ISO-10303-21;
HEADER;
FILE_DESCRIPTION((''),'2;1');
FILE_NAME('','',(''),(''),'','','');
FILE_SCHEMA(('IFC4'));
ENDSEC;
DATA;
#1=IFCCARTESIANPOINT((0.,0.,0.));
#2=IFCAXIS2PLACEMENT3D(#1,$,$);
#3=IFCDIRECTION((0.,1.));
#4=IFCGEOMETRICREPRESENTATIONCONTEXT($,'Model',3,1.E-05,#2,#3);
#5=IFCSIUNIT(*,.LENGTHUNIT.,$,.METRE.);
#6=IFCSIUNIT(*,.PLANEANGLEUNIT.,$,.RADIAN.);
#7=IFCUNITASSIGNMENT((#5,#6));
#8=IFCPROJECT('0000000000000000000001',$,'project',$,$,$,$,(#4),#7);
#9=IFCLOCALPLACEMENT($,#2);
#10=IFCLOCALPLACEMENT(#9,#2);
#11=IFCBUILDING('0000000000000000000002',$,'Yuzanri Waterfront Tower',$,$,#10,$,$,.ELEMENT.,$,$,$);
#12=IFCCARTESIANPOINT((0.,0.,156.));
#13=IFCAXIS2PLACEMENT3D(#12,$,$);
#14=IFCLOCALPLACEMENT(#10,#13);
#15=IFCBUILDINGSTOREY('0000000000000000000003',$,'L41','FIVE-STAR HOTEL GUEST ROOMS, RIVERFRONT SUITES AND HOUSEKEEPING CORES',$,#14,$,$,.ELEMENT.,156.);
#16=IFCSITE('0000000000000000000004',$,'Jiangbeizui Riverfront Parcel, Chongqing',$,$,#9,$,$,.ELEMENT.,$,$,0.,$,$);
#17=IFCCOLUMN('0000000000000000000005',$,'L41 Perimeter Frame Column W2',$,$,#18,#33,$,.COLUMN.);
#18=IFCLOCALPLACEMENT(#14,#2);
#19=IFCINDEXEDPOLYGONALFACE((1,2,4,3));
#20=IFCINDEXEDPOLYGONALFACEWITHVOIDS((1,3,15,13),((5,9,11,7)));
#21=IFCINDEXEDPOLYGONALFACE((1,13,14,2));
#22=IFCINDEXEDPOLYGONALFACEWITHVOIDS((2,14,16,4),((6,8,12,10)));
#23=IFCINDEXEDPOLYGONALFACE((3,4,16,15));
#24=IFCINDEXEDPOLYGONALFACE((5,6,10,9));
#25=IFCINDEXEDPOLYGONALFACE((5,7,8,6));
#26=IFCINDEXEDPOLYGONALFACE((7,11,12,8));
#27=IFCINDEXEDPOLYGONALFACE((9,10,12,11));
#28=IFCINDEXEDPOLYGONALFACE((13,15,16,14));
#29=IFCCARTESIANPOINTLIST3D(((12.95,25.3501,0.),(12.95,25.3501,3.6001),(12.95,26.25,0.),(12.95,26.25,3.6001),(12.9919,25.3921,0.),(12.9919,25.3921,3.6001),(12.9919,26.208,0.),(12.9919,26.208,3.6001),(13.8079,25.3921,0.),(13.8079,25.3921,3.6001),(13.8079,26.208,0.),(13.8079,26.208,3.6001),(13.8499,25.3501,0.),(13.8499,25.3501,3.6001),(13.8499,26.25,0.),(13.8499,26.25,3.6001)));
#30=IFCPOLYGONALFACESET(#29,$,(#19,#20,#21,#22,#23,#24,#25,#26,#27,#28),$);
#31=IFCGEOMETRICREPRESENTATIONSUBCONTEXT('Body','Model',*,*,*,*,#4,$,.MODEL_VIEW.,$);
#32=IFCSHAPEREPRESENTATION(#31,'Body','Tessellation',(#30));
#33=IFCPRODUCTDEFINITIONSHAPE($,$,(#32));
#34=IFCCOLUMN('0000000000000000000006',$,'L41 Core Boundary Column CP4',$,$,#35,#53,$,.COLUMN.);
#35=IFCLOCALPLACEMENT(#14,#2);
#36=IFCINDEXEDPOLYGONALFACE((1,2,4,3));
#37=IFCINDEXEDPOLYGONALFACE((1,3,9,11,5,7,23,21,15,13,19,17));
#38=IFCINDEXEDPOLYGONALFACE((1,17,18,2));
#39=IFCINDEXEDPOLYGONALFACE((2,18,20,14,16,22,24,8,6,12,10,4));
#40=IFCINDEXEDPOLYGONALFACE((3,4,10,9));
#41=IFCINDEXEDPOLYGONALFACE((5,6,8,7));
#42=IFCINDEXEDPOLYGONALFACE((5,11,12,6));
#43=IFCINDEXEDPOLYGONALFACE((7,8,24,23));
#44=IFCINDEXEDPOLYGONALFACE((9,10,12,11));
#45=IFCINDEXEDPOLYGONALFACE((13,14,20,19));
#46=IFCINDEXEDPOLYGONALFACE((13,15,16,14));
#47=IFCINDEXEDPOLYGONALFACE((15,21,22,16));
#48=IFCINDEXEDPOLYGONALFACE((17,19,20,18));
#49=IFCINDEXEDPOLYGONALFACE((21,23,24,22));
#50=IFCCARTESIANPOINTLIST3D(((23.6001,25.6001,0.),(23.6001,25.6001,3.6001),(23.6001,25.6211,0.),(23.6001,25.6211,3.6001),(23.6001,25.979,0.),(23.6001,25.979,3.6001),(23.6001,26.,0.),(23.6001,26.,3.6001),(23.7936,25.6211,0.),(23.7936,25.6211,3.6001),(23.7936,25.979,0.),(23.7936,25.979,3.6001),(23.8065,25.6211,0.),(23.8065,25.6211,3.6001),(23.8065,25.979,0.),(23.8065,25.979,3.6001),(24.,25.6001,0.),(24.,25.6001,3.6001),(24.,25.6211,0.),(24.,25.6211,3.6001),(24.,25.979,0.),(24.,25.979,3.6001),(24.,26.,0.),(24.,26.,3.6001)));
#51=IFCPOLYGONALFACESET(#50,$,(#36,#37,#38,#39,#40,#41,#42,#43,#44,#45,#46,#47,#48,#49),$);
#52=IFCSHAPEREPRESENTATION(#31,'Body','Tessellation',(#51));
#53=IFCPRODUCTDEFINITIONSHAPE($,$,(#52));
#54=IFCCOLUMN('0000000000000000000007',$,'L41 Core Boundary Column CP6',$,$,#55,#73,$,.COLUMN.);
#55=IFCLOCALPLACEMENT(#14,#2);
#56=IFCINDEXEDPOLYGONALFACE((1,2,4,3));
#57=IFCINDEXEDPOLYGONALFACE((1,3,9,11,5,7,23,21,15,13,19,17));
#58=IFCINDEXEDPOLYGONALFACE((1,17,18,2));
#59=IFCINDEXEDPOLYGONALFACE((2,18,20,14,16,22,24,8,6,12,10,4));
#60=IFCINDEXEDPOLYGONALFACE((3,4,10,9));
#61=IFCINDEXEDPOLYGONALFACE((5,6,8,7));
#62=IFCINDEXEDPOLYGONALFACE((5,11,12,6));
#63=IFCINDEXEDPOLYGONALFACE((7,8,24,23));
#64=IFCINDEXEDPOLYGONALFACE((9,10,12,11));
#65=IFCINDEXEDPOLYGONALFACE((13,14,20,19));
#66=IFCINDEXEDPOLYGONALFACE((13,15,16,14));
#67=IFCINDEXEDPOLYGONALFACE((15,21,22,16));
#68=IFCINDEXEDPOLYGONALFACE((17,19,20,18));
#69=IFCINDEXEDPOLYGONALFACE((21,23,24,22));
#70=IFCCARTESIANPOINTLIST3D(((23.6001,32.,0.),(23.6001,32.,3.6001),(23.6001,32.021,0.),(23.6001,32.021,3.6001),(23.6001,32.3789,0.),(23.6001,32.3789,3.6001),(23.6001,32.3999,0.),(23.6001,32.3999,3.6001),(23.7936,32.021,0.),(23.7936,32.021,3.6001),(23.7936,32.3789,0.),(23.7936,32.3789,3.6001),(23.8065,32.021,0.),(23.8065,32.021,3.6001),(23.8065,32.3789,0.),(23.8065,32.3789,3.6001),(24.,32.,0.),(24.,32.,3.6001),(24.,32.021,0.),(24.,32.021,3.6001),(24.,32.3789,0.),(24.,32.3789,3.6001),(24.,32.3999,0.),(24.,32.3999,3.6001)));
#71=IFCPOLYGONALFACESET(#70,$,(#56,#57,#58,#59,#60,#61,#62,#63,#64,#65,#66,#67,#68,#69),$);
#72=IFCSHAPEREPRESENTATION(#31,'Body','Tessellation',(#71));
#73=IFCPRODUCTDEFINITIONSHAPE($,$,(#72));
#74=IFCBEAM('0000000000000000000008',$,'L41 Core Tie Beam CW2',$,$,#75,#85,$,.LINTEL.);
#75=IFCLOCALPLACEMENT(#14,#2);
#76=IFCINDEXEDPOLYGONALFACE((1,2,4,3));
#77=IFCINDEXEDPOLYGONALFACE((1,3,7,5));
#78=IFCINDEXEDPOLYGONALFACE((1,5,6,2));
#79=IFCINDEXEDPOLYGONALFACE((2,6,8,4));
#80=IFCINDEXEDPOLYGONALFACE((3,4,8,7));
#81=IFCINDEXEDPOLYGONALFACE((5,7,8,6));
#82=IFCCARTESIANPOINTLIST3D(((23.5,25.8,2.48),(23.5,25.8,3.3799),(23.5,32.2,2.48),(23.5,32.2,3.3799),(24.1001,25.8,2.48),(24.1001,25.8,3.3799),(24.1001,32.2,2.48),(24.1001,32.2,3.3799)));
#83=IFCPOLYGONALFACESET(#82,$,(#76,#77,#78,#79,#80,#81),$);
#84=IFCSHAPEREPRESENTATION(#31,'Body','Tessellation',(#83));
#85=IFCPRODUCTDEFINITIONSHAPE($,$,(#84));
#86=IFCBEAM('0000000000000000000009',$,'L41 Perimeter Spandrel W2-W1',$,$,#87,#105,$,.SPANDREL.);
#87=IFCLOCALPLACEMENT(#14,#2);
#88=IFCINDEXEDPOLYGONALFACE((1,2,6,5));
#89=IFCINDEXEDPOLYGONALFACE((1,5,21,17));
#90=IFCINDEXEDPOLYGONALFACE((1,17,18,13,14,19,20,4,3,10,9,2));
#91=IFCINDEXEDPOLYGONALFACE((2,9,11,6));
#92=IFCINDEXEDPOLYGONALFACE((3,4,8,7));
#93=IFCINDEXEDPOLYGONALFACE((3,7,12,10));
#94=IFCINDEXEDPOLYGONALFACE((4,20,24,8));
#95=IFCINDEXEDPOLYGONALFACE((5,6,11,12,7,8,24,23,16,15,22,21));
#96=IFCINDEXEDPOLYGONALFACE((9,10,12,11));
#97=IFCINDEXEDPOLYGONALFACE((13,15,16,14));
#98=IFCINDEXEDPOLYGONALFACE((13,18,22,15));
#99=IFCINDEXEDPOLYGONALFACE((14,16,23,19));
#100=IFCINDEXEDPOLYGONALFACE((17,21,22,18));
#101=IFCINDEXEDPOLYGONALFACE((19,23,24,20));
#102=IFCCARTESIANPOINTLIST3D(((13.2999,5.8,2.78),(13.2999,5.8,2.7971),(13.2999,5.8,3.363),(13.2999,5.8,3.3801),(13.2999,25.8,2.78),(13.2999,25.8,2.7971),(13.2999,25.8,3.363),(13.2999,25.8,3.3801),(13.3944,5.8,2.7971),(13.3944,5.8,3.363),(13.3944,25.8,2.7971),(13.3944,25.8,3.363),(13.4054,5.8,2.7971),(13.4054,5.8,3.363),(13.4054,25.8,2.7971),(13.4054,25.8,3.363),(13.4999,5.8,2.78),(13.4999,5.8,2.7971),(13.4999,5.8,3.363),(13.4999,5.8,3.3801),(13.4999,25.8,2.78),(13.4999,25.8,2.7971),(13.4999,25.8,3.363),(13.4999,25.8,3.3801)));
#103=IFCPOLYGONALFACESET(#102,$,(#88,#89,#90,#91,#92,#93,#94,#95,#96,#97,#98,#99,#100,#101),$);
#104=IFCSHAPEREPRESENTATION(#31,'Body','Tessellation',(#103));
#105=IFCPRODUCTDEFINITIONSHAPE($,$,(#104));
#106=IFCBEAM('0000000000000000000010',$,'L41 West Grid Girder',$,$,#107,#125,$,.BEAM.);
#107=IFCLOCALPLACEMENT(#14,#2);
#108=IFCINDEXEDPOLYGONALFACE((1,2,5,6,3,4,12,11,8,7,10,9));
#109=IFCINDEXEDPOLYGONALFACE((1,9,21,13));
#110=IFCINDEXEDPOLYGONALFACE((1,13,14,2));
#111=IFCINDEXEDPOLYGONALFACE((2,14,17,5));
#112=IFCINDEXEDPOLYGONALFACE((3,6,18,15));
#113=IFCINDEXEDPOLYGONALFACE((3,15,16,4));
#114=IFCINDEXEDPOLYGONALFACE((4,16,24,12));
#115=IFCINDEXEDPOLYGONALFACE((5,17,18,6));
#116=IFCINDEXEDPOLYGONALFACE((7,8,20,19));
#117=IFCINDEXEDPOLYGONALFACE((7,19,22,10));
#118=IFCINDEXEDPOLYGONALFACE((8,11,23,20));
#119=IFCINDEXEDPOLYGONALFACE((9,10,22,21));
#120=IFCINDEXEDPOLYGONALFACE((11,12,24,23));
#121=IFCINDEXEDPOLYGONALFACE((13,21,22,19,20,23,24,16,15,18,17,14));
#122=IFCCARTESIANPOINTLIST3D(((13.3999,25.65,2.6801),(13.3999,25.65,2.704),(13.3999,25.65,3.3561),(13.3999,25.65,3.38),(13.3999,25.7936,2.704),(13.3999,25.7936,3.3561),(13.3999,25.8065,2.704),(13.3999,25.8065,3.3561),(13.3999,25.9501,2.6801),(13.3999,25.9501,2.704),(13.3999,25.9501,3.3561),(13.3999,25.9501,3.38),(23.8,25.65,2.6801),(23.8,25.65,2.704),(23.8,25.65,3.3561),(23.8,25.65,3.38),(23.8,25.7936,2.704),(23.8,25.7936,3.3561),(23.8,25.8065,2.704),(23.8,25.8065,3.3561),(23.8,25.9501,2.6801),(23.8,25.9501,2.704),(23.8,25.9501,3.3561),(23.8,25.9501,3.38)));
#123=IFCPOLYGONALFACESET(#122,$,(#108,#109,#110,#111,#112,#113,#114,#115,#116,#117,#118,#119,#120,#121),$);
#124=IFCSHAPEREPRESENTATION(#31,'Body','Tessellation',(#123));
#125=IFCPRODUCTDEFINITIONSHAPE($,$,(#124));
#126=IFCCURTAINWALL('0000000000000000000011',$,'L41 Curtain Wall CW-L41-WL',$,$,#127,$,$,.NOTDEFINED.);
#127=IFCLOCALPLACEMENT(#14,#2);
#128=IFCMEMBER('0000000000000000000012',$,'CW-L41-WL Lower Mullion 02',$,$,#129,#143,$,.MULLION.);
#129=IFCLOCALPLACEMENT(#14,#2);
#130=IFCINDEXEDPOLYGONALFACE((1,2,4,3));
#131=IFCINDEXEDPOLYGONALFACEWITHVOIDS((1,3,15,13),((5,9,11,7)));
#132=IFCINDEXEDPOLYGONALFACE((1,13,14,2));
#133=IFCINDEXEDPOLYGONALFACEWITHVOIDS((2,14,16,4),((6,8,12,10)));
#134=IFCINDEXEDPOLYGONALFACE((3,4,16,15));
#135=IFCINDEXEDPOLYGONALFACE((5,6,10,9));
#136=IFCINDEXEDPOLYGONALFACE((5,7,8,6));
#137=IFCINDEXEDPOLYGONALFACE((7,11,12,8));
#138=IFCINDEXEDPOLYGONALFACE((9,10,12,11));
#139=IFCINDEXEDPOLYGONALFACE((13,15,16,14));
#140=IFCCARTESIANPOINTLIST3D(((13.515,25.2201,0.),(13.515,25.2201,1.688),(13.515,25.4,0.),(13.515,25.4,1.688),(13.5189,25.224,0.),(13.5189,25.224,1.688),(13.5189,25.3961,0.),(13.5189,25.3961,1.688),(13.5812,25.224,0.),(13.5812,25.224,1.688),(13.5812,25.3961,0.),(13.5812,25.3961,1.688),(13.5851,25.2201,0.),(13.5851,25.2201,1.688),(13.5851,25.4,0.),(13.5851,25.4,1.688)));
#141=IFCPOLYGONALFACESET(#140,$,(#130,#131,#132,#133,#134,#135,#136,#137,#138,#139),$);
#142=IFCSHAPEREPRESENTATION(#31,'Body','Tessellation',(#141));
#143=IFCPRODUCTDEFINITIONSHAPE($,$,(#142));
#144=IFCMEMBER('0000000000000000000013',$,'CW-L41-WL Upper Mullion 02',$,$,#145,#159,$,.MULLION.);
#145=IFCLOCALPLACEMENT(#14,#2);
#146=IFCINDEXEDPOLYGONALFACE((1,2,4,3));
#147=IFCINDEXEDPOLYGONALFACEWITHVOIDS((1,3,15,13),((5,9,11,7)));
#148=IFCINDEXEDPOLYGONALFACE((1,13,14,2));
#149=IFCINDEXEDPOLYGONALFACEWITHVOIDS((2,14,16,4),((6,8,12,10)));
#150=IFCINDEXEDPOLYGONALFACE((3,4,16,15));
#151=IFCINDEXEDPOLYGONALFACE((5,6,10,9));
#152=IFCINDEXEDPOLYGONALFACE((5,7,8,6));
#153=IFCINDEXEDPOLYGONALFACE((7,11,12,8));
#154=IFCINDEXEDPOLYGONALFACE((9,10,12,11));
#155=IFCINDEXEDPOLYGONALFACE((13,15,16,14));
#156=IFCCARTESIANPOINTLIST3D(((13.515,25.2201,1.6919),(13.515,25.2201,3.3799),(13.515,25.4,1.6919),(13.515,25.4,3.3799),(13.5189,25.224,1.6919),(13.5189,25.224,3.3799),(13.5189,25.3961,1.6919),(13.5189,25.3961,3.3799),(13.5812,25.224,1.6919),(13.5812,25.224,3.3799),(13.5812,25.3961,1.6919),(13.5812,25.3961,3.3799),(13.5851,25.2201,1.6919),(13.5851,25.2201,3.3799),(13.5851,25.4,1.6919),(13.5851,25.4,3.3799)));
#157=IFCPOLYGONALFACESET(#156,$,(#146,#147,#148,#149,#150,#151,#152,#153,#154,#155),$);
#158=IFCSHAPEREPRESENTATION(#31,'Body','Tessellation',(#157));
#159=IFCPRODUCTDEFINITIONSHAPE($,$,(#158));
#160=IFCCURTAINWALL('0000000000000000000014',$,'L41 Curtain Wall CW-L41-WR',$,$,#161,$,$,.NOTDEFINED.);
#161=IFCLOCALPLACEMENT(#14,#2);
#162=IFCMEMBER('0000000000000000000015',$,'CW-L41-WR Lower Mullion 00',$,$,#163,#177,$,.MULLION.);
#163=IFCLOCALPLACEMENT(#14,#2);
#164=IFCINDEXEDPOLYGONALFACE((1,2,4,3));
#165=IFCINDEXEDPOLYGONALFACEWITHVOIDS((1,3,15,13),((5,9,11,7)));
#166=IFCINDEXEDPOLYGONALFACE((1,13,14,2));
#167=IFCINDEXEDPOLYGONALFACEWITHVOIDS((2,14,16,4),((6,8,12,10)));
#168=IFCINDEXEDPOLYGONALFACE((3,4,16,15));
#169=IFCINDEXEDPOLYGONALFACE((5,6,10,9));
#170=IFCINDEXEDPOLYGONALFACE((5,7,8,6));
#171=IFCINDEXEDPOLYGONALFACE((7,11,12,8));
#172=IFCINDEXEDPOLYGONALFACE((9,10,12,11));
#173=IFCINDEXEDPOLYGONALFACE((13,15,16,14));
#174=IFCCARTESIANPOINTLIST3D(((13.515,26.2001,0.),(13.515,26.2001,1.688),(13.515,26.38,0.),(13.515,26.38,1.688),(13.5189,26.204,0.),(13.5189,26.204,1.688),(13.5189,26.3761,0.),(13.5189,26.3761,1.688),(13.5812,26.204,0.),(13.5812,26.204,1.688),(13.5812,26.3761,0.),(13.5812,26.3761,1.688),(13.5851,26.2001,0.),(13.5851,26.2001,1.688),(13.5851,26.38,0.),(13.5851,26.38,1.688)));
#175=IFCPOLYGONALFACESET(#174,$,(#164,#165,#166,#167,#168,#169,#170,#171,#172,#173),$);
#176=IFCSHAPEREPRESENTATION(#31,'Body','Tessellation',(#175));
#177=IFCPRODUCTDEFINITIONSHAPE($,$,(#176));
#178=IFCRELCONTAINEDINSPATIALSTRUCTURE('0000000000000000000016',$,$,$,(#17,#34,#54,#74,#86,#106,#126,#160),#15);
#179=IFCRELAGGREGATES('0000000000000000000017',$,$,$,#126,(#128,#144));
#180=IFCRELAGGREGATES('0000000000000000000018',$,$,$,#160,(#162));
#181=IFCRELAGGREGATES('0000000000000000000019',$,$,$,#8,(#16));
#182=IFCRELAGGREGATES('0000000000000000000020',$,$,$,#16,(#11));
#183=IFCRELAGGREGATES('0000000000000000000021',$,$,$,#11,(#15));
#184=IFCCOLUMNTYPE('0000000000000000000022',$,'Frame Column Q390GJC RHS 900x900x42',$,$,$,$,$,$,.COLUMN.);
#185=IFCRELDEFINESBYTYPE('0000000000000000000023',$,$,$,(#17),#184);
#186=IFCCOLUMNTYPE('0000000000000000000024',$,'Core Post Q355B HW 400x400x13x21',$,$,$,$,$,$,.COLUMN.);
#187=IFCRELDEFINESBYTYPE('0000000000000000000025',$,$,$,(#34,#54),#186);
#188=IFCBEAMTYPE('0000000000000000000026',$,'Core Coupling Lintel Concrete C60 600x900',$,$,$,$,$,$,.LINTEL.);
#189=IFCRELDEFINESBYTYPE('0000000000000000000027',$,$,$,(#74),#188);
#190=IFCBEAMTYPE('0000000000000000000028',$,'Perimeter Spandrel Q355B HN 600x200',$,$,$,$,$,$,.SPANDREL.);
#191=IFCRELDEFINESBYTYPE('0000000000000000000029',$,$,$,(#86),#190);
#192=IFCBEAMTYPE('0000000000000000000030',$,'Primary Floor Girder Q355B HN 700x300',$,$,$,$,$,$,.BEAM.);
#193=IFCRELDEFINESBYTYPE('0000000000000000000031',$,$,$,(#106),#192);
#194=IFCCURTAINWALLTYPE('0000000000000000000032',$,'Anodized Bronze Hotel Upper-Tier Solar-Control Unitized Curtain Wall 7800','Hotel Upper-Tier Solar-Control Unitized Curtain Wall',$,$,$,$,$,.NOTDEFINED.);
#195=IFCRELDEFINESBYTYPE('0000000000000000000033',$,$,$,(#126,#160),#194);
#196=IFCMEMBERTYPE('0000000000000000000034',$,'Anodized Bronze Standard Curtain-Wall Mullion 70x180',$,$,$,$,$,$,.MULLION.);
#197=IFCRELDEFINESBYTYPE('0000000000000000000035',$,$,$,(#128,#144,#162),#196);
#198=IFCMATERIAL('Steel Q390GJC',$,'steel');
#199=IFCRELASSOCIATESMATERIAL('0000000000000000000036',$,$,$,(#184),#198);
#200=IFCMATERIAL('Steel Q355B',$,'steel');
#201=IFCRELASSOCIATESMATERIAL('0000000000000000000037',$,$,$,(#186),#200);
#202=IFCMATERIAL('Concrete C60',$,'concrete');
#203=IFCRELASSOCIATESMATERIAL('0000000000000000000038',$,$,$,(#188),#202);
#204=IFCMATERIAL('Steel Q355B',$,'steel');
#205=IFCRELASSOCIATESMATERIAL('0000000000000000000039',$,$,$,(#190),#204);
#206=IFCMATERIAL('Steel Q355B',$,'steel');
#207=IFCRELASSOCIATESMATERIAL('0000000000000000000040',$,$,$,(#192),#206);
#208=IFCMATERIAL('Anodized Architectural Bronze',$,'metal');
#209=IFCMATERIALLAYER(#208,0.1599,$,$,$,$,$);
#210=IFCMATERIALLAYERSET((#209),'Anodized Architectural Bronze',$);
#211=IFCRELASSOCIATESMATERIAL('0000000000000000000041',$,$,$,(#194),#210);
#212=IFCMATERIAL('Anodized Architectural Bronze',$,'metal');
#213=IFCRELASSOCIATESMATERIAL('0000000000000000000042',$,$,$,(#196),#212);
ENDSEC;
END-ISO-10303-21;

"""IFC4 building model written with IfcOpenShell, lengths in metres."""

from ifc_helpers import new_model, si_unit, direction, frame, origin, origin_2d, place, context, subcontext, project, spatial, rectangle, hollow_rectangle, i_section, extrude, source, transform, mapped, material, layer, layer_set, material_profile, profile_set, type_object, element, aggregate, save


model = new_model("IFC4")

# Units and contexts
model_context = context("Model", 3, precision=1e-05, world=origin(), true_north=direction((0.0, 1.0)))
body_context = subcontext(model_context, "Body", "Model", "MODEL_VIEW")
ifc_project = project(units=[si_unit("LENGTHUNIT", "METRE"), si_unit("PLANEANGLEUNIT", "RADIAN")], contexts=[model_context])

# Site, building, storey
site_placement = place(None, origin())
site = spatial("IfcSite", under=ifc_project, at=site_placement, Name="Jiangbeizui Riverfront Parcel, Chongqing", CompositionType="ELEMENT", RefElevation=0.0)
building_placement = place(site_placement, origin())
building = spatial("IfcBuilding", under=site, at=building_placement, Name="Yuzanri Waterfront Tower", CompositionType="ELEMENT")
storey_placement = place(building_placement, frame((0.0, 0.0, 156.0)))
storey = spatial("IfcBuildingStorey", under=building, at=storey_placement, Name="L41", Description="FIVE-STAR HOTEL GUEST ROOMS, RIVERFRONT SUITES AND HOUSEKEEPING CORES", CompositionType="ELEMENT", Elevation=156.0)

# Columns
ifc_material_1 = material(Name="Steel Q390GJC", Category="steel")
ifc_material_profile_1 = material_profile(ifc_material_1, hollow_rectangle(XDim=0.8999, YDim=0.8999, WallThickness=0.042, at=origin_2d()), Name="RHS 900x900x42")
ifc_profile_set_1 = profile_set([ifc_material_profile_1], Name="Steel Q390GJC")
column_type_1 = type_object("IfcColumnType", Name="Frame Column Q390GJC RHS 900x900x42", PredefinedType="COLUMN", material=ifc_profile_set_1)
shared_shape_1 = source(origin(), body_context, "Body", "SweptSolid", [
    extrude(hollow_rectangle(XDim=0.8999, YDim=0.8999, WallThickness=0.042, at=origin_2d()), origin(), (0.0, 0.0, 1.0), 3.6001),
])
column_placement = place(storey_placement, frame((13.3999, 25.8, 0.0), z_axis=(0.0, 0.0, 1.0), x_axis=(1.0, 0.0, 0.0)))
element("IfcColumn", 1, at=column_placement, inside=storey, type_object=column_type_1, Name="L41 Perimeter Frame Column W2", PredefinedType="COLUMN", context=body_context, shape_type="MappedRepresentation", body=[
    mapped(shared_shape_1, transform((0.0, 0.0, 0.0), scale=1.0)),
])
ifc_material_2 = material(Name="Steel Q355B", Category="steel")
ifc_material_profile_2 = material_profile(ifc_material_2, i_section(OverallWidth=0.3999, OverallDepth=0.3999, WebThickness=0.0129, FlangeThickness=0.021, at=origin_2d()), Name="HW 400x400x13x21")
ifc_profile_set_2 = profile_set([ifc_material_profile_2], Name="Steel Q355B")
column_type_2 = type_object("IfcColumnType", Name="Core Post Q355B HW 400x400x13x21", PredefinedType="COLUMN", material=ifc_profile_set_2)
shared_shape_2 = source(origin(), body_context, "Body", "SweptSolid", [
    extrude(i_section(OverallWidth=0.3999, OverallDepth=0.3999, WebThickness=0.0129, FlangeThickness=0.021, at=origin_2d()), origin(), (0.0, 0.0, 1.0), 3.6001),
])
for number, where, z_axis, x_axis, name in (
    (2, (23.8, 25.8, 0.0), (0.0, 0.0, 1.0), (1.0, 0.0, 0.0), "L41 Core Boundary Column CP4"),
    (3, (23.8, 32.2, 0.0), (0.0, 0.0, 1.0), (1.0, 0.0, 0.0), "L41 Core Boundary Column CP6"),
):
    element("IfcColumn", number, at=place(storey_placement, frame(where, z_axis=z_axis, x_axis=x_axis)), inside=storey, type_object=column_type_2, Name=name, PredefinedType="COLUMN", context=body_context, shape_type="MappedRepresentation", body=[
        mapped(shared_shape_2, transform((0.0, 0.0, 0.0), scale=1.0)),
    ])

# Beams
ifc_material_3 = material(Name="Concrete C60", Category="concrete")
ifc_material_profile_3 = material_profile(ifc_material_3, rectangle(XDim=0.6001, YDim=0.8999, at=origin_2d()), Name="RC 600x900")
ifc_profile_set_3 = profile_set([ifc_material_profile_3], Name="Concrete C60")
beam_type_1 = type_object("IfcBeamType", Name="Core Coupling Lintel Concrete C60 600x900", PredefinedType="LINTEL", material=ifc_profile_set_3)
shared_shape_3 = source(origin(), body_context, "Body", "SweptSolid", [
    extrude(rectangle(XDim=0.6001, YDim=0.8999, at=origin_2d()), origin(), (0.0, 0.0, 1.0), 6.3999),
])
beam_1_placement = place(storey_placement, frame((23.8, 25.8, 2.9299), z_axis=(0.0, 1.0, 0.0), x_axis=(-1.0, 0.0, 0.0)))
element("IfcBeam", 4, at=beam_1_placement, inside=storey, type_object=beam_type_1, Name="L41 Core Tie Beam CW2", PredefinedType="LINTEL", context=body_context, shape_type="MappedRepresentation", body=[
    mapped(shared_shape_3, transform((0.0, 0.0, 0.0), scale=1.0)),
])
ifc_material_4 = material(Name="Steel Q355B", Category="steel")
ifc_material_profile_4 = material_profile(ifc_material_4, i_section(OverallWidth=0.2, OverallDepth=0.6001, WebThickness=0.011, FlangeThickness=0.0171, at=origin_2d()), Name="HN 600x200x11x17")
ifc_profile_set_4 = profile_set([ifc_material_profile_4], Name="Steel Q355B")
beam_type_2 = type_object("IfcBeamType", Name="Perimeter Spandrel Q355B HN 600x200", PredefinedType="SPANDREL", material=ifc_profile_set_4)
shared_shape_4 = source(origin(), body_context, "Body", "SweptSolid", [
    extrude(i_section(OverallWidth=0.2, OverallDepth=0.6001, WebThickness=0.011, FlangeThickness=0.0171, at=origin_2d()), origin(), (0.0, 0.0, 1.0), 20.0),
])
beam_2_placement = place(storey_placement, frame((13.3999, 25.8, 3.0801), z_axis=(0.0, -1.0, 0.0), x_axis=(1.0, 0.0, 0.0)))
element("IfcBeam", 5, at=beam_2_placement, inside=storey, type_object=beam_type_2, Name="L41 Perimeter Spandrel W2-W1", PredefinedType="SPANDREL", context=body_context, shape_type="MappedRepresentation", body=[
    mapped(shared_shape_4, transform((0.0, 0.0, 0.0), scale=1.0)),
])
ifc_material_5 = material(Name="Steel Q355B", Category="steel")
ifc_material_profile_5 = material_profile(ifc_material_5, i_section(OverallWidth=0.3, OverallDepth=0.7, WebThickness=0.0129, FlangeThickness=0.0239, at=origin_2d()), Name="HN 700x300x13x24")
ifc_profile_set_5 = profile_set([ifc_material_profile_5], Name="Steel Q355B")
beam_type_3 = type_object("IfcBeamType", Name="Primary Floor Girder Q355B HN 700x300", PredefinedType="BEAM", material=ifc_profile_set_5)
shared_shape_5 = source(origin(), body_context, "Body", "SweptSolid", [
    extrude(i_section(OverallWidth=0.3, OverallDepth=0.7, WebThickness=0.0129, FlangeThickness=0.0239, at=origin_2d()), origin(), (0.0, 0.0, 1.0), 10.4001),
])
beam_3_placement = place(storey_placement, frame((23.8, 25.8, 3.03), z_axis=(-1.0, 0.0, 0.0), x_axis=(0.0, -1.0, 0.0)))
element("IfcBeam", 6, at=beam_3_placement, inside=storey, type_object=beam_type_3, Name="L41 West Grid Girder", PredefinedType="BEAM", context=body_context, shape_type="MappedRepresentation", body=[
    mapped(shared_shape_5, transform((0.0, 0.0, 0.0), scale=1.0)),
])

# Curtain wall, members
ifc_material_6 = material(Name="Anodized Architectural Bronze", Category="metal")
ifc_layer_1 = layer(ifc_material_6, 0.1599)
ifc_layer_set_1 = layer_set([ifc_layer_1], Name="Anodized Architectural Bronze")
curtain_wall_type = type_object("IfcCurtainWallType", Name="Anodized Bronze Hotel Upper-Tier Solar-Control Unitized Curtain Wall 7800", Description="Hotel Upper-Tier Solar-Control Unitized Curtain Wall", PredefinedType="NOTDEFINED", material=ifc_layer_set_1)
curtain_wall_1_placement = place(storey_placement, origin())
curtain_wall_1 = element("IfcCurtainWall", 7, at=curtain_wall_1_placement, inside=storey, type_object=curtain_wall_type, Name="L41 Curtain Wall CW-L41-WL", PredefinedType="NOTDEFINED")
ifc_material_7 = material(Name="Anodized Architectural Bronze", Category="metal")
ifc_material_profile_6 = material_profile(ifc_material_7, hollow_rectangle(XDim=0.0701, YDim=0.1799, WallThickness=0.0039, at=origin_2d()), Name="CWM 70x180")
ifc_profile_set_6 = profile_set([ifc_material_profile_6], Name="Anodized Architectural Bronze")
member_type_1 = type_object("IfcMemberType", Name="Anodized Bronze Standard Curtain-Wall Mullion 70x180", PredefinedType="MULLION", material=ifc_profile_set_6)
shared_shape_6 = source(origin(), body_context, "Body", "SweptSolid", [
    extrude(hollow_rectangle(XDim=0.0701, YDim=0.1799, WallThickness=0.0039, at=origin_2d()), origin(), (0.0, 0.0, 1.0), 1.688),
])
member_1_placement = place(storey_placement, frame((13.55, 25.3101, 0.0), z_axis=(0.0, 0.0, 1.0), x_axis=(1.0, 0.0, 0.0)))
member_1 = element("IfcMember", 8, at=member_1_placement, type_object=member_type_1, Name="CW-L41-WL Lower Mullion 02", PredefinedType="MULLION", context=body_context, shape_type="MappedRepresentation", body=[
    mapped(shared_shape_6, transform((0.0, 0.0, 0.0), scale=1.0)),
])
member_2_placement = place(storey_placement, frame((13.55, 25.3101, 1.6919), z_axis=(0.0, 0.0, 1.0), x_axis=(1.0, 0.0, 0.0)))
member_2 = element("IfcMember", 9, at=member_2_placement, type_object=member_type_1, Name="CW-L41-WL Upper Mullion 02", PredefinedType="MULLION", context=body_context, shape_type="MappedRepresentation", body=[
    mapped(shared_shape_6, transform((0.0, 0.0, 0.0), scale=1.0)),
])
aggregate(curtain_wall_1, [member_1, member_2])

# Curtain wall, member
curtain_wall_2_placement = place(storey_placement, origin())
curtain_wall_2 = element("IfcCurtainWall", 10, at=curtain_wall_2_placement, inside=storey, type_object=curtain_wall_type, Name="L41 Curtain Wall CW-L41-WR", PredefinedType="NOTDEFINED")
member_3_placement = place(storey_placement, frame((13.55, 26.29, 0.0), z_axis=(0.0, 0.0, 1.0), x_axis=(1.0, 0.0, 0.0)))
member_3 = element("IfcMember", 11, at=member_3_placement, type_object=member_type_1, Name="CW-L41-WR Lower Mullion 00", PredefinedType="MULLION", context=body_context, shape_type="MappedRepresentation", body=[
    mapped(shared_shape_6, transform((0.0, 0.0, 0.0), scale=1.0)),
])
aggregate(curtain_wall_2, [member_3])

save(model, "model.ifc")
